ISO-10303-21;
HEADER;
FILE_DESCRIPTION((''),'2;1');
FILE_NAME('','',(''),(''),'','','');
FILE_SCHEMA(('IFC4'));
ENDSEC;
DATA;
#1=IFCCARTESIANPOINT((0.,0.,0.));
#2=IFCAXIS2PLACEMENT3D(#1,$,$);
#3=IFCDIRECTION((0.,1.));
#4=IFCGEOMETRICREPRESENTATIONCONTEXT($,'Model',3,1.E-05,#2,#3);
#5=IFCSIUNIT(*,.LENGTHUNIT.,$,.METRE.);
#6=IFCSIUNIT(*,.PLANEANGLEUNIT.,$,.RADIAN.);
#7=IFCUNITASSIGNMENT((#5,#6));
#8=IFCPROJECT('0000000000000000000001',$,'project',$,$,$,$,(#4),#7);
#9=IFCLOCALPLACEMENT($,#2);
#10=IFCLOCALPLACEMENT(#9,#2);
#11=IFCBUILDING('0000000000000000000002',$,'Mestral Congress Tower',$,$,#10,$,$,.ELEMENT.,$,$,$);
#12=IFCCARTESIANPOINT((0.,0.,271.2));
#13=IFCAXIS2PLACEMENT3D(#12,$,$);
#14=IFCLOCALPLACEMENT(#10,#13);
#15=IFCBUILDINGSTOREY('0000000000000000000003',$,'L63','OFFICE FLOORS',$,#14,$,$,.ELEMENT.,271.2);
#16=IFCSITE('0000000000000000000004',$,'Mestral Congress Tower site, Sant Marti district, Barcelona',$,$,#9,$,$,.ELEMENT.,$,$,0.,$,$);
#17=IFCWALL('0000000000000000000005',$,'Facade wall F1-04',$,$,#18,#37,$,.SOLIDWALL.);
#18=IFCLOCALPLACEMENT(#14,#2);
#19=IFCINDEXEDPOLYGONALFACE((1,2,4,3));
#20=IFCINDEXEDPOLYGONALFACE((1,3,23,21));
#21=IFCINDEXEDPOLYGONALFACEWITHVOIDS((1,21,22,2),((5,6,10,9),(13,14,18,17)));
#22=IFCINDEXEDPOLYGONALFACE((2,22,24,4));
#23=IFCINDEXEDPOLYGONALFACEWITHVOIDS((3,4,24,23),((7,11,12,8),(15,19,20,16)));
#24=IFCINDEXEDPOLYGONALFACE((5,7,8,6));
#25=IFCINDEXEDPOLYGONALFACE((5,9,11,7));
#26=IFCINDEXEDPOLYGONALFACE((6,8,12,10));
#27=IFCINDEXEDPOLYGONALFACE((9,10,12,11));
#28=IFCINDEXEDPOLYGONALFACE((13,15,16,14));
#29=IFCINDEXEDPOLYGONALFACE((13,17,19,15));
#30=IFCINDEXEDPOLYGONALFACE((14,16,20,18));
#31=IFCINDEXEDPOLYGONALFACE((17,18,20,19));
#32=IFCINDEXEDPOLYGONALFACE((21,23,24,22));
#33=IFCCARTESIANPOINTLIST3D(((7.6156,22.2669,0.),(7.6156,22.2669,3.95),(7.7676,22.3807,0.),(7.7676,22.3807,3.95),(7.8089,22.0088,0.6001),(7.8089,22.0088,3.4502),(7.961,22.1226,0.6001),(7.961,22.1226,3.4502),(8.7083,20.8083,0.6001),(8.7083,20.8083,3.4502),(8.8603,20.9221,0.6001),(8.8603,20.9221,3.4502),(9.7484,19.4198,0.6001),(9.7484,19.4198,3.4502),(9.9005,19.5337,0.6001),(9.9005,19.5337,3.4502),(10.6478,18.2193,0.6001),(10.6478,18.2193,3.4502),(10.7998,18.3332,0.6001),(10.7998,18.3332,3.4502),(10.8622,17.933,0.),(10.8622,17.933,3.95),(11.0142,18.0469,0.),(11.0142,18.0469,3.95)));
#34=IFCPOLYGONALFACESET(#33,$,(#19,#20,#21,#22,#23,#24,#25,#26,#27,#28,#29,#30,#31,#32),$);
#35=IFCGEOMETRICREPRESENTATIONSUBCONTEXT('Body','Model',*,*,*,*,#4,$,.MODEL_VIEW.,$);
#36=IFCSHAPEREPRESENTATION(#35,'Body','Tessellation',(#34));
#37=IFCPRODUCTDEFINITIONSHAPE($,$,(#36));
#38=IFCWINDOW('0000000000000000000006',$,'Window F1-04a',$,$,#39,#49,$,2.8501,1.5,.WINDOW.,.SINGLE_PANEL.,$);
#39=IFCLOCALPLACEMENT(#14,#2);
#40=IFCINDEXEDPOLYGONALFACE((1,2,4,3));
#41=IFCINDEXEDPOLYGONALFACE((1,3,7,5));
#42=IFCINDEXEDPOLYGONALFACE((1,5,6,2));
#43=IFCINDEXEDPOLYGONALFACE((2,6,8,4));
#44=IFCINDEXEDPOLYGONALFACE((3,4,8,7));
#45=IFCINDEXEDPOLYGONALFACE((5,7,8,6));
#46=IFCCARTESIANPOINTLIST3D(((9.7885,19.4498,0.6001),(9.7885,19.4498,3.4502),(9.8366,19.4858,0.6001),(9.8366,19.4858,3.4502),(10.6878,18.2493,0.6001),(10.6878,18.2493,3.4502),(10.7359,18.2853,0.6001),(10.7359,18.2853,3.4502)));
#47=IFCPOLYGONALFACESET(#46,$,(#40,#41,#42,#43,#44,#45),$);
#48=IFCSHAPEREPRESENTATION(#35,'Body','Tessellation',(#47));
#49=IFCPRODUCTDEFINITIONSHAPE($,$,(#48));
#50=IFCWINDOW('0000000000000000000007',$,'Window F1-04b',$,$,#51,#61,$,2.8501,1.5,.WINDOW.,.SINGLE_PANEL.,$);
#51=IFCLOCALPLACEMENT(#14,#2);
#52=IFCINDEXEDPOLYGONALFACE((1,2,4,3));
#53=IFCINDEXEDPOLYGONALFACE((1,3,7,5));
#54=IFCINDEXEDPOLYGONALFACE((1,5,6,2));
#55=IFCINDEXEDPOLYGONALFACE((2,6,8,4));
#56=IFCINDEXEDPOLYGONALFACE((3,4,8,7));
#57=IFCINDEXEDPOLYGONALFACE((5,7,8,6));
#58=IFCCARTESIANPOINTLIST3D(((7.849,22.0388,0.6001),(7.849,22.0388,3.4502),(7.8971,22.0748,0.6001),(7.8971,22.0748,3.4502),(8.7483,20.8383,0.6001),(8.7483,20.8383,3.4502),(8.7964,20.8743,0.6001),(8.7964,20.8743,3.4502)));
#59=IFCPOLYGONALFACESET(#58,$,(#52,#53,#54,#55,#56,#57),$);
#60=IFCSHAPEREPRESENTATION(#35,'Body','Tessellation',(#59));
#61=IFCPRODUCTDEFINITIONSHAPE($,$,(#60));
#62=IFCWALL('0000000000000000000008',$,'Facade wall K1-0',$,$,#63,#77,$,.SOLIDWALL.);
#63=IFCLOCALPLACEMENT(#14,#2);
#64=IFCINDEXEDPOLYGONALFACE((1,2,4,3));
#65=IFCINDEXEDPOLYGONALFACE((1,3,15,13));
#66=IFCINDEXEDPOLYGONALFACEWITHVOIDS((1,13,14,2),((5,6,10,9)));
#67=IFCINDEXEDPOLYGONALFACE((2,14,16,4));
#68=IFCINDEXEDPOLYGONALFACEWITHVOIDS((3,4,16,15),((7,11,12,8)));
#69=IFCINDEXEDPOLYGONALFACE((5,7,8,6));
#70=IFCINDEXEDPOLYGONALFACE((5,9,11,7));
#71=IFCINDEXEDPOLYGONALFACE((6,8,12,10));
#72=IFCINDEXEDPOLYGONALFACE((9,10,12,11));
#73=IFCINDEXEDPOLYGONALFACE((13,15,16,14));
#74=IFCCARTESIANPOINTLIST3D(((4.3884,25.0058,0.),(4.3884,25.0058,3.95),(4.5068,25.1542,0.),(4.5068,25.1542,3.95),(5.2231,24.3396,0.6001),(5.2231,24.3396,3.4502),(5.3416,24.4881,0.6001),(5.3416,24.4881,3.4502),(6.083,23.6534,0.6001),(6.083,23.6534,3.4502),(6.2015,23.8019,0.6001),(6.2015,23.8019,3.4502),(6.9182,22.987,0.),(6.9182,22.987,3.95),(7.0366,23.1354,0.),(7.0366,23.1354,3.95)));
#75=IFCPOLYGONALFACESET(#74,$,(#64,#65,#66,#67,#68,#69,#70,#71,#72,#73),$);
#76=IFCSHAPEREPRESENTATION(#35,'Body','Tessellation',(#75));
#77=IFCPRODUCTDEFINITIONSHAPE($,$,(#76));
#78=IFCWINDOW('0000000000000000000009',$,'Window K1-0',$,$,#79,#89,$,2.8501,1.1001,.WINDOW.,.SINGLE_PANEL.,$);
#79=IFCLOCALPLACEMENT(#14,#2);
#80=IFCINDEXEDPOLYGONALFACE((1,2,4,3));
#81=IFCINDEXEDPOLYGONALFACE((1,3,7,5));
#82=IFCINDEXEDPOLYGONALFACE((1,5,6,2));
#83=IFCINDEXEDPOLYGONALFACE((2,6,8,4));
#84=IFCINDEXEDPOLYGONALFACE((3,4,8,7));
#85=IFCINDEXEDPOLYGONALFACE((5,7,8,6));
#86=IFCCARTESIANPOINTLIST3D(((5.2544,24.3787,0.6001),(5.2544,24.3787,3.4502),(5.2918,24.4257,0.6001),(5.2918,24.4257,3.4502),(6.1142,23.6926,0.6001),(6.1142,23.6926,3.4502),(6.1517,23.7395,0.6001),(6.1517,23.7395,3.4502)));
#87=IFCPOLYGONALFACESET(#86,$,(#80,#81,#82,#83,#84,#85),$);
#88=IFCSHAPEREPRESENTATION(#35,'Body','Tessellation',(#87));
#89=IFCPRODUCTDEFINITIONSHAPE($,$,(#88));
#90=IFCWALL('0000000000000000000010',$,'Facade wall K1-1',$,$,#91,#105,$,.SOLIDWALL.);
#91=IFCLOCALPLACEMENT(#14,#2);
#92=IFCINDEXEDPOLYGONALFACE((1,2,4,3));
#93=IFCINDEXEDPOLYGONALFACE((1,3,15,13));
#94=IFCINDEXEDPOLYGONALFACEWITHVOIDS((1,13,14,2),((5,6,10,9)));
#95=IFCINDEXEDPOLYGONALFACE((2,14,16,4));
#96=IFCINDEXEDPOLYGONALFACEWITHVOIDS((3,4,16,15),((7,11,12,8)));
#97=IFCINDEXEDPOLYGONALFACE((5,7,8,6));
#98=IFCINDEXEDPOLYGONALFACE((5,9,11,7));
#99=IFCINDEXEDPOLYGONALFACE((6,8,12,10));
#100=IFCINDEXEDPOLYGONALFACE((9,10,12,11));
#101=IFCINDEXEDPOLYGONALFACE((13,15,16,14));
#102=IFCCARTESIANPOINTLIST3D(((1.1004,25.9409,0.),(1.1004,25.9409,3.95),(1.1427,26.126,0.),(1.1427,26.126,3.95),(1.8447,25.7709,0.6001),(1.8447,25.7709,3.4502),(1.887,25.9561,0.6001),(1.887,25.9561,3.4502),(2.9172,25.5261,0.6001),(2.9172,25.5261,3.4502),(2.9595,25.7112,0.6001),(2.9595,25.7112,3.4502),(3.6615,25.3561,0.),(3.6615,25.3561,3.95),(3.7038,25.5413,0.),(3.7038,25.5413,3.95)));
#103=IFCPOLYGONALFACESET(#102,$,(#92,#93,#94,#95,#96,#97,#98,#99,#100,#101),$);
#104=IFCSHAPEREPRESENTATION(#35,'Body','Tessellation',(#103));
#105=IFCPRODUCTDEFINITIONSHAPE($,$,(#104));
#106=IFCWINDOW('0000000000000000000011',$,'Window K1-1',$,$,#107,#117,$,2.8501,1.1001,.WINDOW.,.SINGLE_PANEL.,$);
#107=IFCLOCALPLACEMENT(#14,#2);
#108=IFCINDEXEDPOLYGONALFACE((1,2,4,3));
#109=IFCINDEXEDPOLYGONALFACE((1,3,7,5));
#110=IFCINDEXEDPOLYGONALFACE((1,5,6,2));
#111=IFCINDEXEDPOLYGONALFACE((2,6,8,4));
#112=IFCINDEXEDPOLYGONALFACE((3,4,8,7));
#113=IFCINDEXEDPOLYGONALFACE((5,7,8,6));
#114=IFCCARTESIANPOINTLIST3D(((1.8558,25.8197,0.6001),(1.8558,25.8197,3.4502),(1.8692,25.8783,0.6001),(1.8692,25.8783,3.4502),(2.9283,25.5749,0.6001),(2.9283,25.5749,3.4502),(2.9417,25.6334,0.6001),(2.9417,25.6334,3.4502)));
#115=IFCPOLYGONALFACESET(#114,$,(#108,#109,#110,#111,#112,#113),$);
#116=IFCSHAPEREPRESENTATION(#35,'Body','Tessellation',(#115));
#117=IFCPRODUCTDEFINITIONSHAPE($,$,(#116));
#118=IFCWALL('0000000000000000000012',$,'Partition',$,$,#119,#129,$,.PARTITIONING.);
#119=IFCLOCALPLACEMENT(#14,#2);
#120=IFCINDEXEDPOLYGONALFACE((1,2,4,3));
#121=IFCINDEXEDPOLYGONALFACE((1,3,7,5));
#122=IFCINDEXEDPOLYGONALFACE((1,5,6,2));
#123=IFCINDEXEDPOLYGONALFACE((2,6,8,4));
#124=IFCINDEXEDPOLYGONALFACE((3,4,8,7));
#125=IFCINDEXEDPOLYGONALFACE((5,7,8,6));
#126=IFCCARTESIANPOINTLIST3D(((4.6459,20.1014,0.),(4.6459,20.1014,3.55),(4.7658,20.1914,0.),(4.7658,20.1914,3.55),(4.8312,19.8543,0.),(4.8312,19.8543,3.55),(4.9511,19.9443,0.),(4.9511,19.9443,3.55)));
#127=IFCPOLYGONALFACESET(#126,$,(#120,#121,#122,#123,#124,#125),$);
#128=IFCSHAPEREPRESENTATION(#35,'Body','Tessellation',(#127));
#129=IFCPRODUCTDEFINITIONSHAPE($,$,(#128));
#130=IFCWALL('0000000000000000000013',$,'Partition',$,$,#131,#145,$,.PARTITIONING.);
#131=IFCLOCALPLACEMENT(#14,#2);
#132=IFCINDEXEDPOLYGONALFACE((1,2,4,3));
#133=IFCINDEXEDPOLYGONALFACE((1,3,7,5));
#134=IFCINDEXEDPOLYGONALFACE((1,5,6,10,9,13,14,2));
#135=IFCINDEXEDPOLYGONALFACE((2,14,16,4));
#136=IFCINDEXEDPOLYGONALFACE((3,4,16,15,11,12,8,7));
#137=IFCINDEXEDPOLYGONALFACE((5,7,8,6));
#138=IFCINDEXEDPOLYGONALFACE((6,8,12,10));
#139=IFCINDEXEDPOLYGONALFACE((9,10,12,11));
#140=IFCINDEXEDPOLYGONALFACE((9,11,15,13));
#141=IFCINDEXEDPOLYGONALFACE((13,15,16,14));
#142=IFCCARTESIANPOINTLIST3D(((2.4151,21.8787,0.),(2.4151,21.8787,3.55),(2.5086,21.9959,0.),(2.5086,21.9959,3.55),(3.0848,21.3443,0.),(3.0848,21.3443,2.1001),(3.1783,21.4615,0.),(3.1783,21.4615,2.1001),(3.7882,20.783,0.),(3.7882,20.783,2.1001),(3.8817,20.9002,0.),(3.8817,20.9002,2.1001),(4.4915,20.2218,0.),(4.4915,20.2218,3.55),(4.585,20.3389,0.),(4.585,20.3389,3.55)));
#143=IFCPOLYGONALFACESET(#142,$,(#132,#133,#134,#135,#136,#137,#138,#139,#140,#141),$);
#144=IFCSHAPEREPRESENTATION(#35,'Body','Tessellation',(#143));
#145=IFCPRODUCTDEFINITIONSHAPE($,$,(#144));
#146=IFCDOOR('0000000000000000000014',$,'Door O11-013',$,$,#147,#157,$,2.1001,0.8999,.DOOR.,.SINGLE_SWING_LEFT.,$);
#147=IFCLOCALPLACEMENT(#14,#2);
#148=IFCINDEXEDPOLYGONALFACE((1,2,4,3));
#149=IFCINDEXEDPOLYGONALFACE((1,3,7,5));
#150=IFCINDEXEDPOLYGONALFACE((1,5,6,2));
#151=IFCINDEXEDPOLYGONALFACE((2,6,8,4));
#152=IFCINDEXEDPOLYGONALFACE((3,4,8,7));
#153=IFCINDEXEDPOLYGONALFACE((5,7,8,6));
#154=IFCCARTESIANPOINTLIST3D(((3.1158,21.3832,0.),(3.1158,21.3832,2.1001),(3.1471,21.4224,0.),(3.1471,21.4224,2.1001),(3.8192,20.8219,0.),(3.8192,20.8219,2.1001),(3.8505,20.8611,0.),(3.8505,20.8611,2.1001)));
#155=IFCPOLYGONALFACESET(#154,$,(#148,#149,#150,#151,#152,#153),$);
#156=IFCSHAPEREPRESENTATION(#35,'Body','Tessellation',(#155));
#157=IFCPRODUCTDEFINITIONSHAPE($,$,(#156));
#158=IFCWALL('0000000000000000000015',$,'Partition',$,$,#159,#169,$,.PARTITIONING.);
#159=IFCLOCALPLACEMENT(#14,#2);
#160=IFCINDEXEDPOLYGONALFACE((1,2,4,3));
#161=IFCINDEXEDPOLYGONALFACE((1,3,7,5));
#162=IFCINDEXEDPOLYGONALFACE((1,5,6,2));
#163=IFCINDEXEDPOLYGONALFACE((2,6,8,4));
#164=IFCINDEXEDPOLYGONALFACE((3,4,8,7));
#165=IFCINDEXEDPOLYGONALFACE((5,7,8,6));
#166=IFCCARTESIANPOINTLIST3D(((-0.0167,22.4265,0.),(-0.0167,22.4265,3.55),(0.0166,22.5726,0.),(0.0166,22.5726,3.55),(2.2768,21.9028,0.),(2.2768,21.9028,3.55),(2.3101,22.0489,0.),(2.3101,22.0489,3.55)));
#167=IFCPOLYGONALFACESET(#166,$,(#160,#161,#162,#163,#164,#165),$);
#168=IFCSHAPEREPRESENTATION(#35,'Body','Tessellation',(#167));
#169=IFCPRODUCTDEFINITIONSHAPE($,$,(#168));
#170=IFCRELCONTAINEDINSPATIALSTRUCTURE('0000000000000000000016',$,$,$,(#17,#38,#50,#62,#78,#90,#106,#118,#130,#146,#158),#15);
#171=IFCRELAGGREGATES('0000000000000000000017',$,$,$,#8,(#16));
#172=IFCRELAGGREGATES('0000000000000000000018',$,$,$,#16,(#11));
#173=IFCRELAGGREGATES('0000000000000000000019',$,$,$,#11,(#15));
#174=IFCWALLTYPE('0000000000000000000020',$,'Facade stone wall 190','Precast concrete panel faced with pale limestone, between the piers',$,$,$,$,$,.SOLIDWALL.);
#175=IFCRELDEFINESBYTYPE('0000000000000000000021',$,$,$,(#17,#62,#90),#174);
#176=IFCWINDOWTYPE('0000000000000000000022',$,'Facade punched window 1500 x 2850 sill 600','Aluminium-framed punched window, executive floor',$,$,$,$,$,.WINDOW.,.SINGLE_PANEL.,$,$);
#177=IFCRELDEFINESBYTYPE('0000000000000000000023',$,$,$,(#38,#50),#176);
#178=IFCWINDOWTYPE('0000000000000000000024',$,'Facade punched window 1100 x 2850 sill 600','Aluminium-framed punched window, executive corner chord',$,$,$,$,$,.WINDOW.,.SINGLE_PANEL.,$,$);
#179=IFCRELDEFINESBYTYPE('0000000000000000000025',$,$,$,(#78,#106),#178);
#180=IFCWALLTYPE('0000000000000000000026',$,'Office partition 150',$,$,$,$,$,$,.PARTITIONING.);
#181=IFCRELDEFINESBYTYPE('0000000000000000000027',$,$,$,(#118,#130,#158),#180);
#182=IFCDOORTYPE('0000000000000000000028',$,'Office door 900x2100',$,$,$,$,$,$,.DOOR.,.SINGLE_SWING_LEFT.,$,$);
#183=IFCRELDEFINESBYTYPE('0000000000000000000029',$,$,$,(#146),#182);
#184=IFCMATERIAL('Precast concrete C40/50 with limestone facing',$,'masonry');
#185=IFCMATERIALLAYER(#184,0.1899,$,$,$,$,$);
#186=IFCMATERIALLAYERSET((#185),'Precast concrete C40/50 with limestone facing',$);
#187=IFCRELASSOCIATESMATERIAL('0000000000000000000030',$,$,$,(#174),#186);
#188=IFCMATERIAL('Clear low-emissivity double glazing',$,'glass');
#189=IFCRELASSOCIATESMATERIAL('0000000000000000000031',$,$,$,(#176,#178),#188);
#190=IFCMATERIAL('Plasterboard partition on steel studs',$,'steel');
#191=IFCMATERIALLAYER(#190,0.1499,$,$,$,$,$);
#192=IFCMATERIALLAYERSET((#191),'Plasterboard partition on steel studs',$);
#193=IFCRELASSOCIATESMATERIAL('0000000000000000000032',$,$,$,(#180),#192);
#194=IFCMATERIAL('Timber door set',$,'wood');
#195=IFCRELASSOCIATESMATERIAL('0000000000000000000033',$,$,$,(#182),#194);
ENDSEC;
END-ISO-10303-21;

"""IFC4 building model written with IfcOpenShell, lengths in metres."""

from ifc_helpers import new_model, si_unit, direction, frame, frame_2d, origin, place, context, subcontext, project, spatial, rectangle, extrude, material, layer, layer_set, type_object, element, fill, save


model = new_model("IFC4")

# Units and contexts
model_context = context("Model", 3, precision=1e-05, world=origin(), true_north=direction((0.0, 1.0)))
body_context = subcontext(model_context, "Body", "Model", "MODEL_VIEW")
ifc_project = project(units=[si_unit("LENGTHUNIT", "METRE"), si_unit("PLANEANGLEUNIT", "RADIAN")], contexts=[model_context])

# Site, building, storey
site_placement = place(None, origin())
site = spatial("IfcSite", under=ifc_project, at=site_placement, Name="Mestral Congress Tower site, Sant Marti district, Barcelona", CompositionType="ELEMENT", RefElevation=0.0)
building_placement = place(site_placement, origin())
building = spatial("IfcBuilding", under=site, at=building_placement, Name="Mestral Congress Tower", CompositionType="ELEMENT")
storey_placement = place(building_placement, frame((0.0, 0.0, 271.2)))
storey = spatial("IfcBuildingStorey", under=building, at=storey_placement, Name="L63", Description="OFFICE FLOORS", CompositionType="ELEMENT", Elevation=271.2)

# Wall, openings, windows
ifc_material_1 = material(Name="Precast concrete C40/50 with limestone facing", Category="masonry")
ifc_layer_1 = layer(ifc_material_1, 0.1899)
ifc_layer_set_1 = layer_set([ifc_layer_1], Name="Precast concrete C40/50 with limestone facing")
wall_type_1 = type_object("IfcWallType", Name="Facade stone wall 190", Description="Precast concrete panel faced with pale limestone, between the piers", PredefinedType="SOLIDWALL", material=ifc_layer_set_1)
wall_1_placement = place(storey_placement, frame((10.9382, 17.99, 0.0), z_axis=(0.0, 0.0, 1.0), x_axis=(-0.59956, 0.80033, 0.0)))
wall_1 = element("IfcWall", 1, at=wall_1_placement, inside=storey, type_object=wall_type_1, Name="Facade wall F1-04", PredefinedType="SOLIDWALL", context=body_context, shape_type="SweptSolid", body=[
    extrude(rectangle(XDim=5.415, YDim=0.1899, at=frame_2d((2.7075, 0.0))), origin(), (0.0, 0.0, 1.0), 3.95),
])
opening_1_placement = place(wall_1_placement, frame((0.3577, 0.0, 0.6001)))
opening_1 = element("IfcOpeningElement", 2, at=opening_1_placement, cuts=wall_1, PredefinedType="OPENING", context=body_context, shape_type="SweptSolid", body=[
    extrude(rectangle(XDim=1.5, YDim=2.8501, at=frame_2d((0.75, 1.425))), frame((0.0, 0.105, 0.0), z_axis=(0.0, -1.0, 0.0), x_axis=(1.0, 0.0, 0.0)), (0.0, 0.0, 1.0), 0.21),
])
opening_2_placement = place(wall_1_placement, frame((3.5925, 0.0, 0.6001)))
opening_2 = element("IfcOpeningElement", 3, at=opening_2_placement, cuts=wall_1, PredefinedType="OPENING", context=body_context, shape_type="SweptSolid", body=[
    extrude(rectangle(XDim=1.5, YDim=2.8501, at=frame_2d((0.75, 1.425))), frame((0.0, 0.105, 0.0), z_axis=(0.0, -1.0, 0.0), x_axis=(1.0, 0.0, 0.0)), (0.0, 0.0, 1.0), 0.21),
])
ifc_material_2 = material(Name="Clear low-emissivity double glazing", Category="glass")
window_type_1 = type_object("IfcWindowType", Name="Facade punched window 1500 x 2850 sill 600", Description="Aluminium-framed punched window, executive floor", PartitioningType="SINGLE_PANEL", PredefinedType="WINDOW", material=ifc_material_2)
window_1_placement = place(opening_1_placement, origin())
window_1 = element("IfcWindow", 4, at=window_1_placement, inside=storey, type_object=window_type_1, Name="Window F1-04a", OverallHeight=2.8501, OverallWidth=1.5, PartitioningType="SINGLE_PANEL", PredefinedType="WINDOW", context=body_context, shape_type="SweptSolid", body=[
    extrude(rectangle(XDim=1.5, YDim=2.8501, at=frame_2d((0.75, 1.425))), frame((0.0, 0.0449, 0.0), z_axis=(0.0, -1.0, 0.0), x_axis=(1.0, 0.0, 0.0)), (0.0, 0.0, 1.0), 0.0601),
])
fill(opening_1, window_1)
window_2_placement = place(opening_2_placement, origin())
window_2 = element("IfcWindow", 5, at=window_2_placement, inside=storey, type_object=window_type_1, Name="Window F1-04b", OverallHeight=2.8501, OverallWidth=1.5, PartitioningType="SINGLE_PANEL", PredefinedType="WINDOW", context=body_context, shape_type="SweptSolid", body=[
    extrude(rectangle(XDim=1.5, YDim=2.8501, at=frame_2d((0.75, 1.425))), frame((0.0, 0.0449, 0.0), z_axis=(0.0, -1.0, 0.0), x_axis=(1.0, 0.0, 0.0)), (0.0, 0.0, 1.0), 0.0601),
])
fill(opening_2, window_2)

# Walls, openings, windows
wall_2_placement = place(storey_placement, frame((6.9773, 23.0613, 0.0), z_axis=(0.0, 0.0, 1.0), x_axis=(-0.781626, 0.623747, 0.0)))
wall_2 = element("IfcWall", 6, at=wall_2_placement, inside=storey, type_object=wall_type_1, Name="Facade wall K1-0", PredefinedType="SOLIDWALL", context=body_context, shape_type="SweptSolid", body=[
    extrude(rectangle(XDim=3.2366, YDim=0.1899, at=frame_2d((1.6182, 0.0))), origin(), (0.0, 0.0, 1.0), 3.95),
])
opening_3_placement = place(wall_2_placement, frame((1.0684, 0.0, 0.6001)))
opening_3 = element("IfcOpeningElement", 7, at=opening_3_placement, cuts=wall_2, PredefinedType="OPENING", context=body_context, shape_type="SweptSolid", body=[
    extrude(rectangle(XDim=1.1001, YDim=2.8501, at=frame_2d((0.55, 1.425))), frame((0.0, 0.105, 0.0), z_axis=(0.0, -1.0, 0.0), x_axis=(1.0, 0.0, 0.0)), (0.0, 0.0, 1.0), 0.21),
])
window_type_2 = type_object("IfcWindowType", Name="Facade punched window 1100 x 2850 sill 600", Description="Aluminium-framed punched window, executive corner chord", PartitioningType="SINGLE_PANEL", PredefinedType="WINDOW", material=ifc_material_2)
window_3_placement = place(opening_3_placement, origin())
window_3 = element("IfcWindow", 8, at=window_3_placement, inside=storey, type_object=window_type_2, Name="Window K1-0", OverallHeight=2.8501, OverallWidth=1.1001, PartitioningType="SINGLE_PANEL", PredefinedType="WINDOW", context=body_context, shape_type="SweptSolid", body=[
    extrude(rectangle(XDim=1.1001, YDim=2.8501, at=frame_2d((0.55, 1.425))), frame((0.0, 0.0449, 0.0), z_axis=(0.0, -1.0, 0.0), x_axis=(1.0, 0.0, 0.0)), (0.0, 0.0, 1.0), 0.0601),
])
fill(opening_3, window_3)
wall_3_placement = place(storey_placement, frame((3.6826, 25.4487, 0.0), z_axis=(0.0, 0.0, 1.0), x_axis=(-0.974913, 0.222585, 0.0)))
wall_3 = element("IfcWall", 9, at=wall_3_placement, inside=storey, type_object=wall_type_1, Name="Facade wall K1-1", PredefinedType="SOLIDWALL", context=body_context, shape_type="SweptSolid", body=[
    extrude(rectangle(XDim=2.627, YDim=0.1899, at=frame_2d((1.3135, 0.0))), origin(), (0.0, 0.0, 1.0), 3.95),
])
opening_4_placement = place(wall_3_placement, frame((0.7634, 0.0, 0.6001)))
opening_4 = element("IfcOpeningElement", 10, at=opening_4_placement, cuts=wall_3, PredefinedType="OPENING", context=body_context, shape_type="SweptSolid", body=[
    extrude(rectangle(XDim=1.1001, YDim=2.8501, at=frame_2d((0.55, 1.425))), frame((0.0, 0.105, 0.0), z_axis=(0.0, -1.0, 0.0), x_axis=(1.0, 0.0, 0.0)), (0.0, 0.0, 1.0), 0.21),
])
window_4_placement = place(opening_4_placement, origin())
window_4 = element("IfcWindow", 11, at=window_4_placement, inside=storey, type_object=window_type_2, Name="Window K1-1", OverallHeight=2.8501, OverallWidth=1.1001, PartitioningType="SINGLE_PANEL", PredefinedType="WINDOW", context=body_context, shape_type="SweptSolid", body=[
    extrude(rectangle(XDim=1.1001, YDim=2.8501, at=frame_2d((0.55, 1.425))), frame((0.0, 0.0449, 0.0), z_axis=(0.0, -1.0, 0.0), x_axis=(1.0, 0.0, 0.0)), (0.0, 0.0, 1.0), 0.0601),
])
fill(opening_4, window_4)

# Wall
ifc_material_3 = material(Name="Plasterboard partition on steel studs", Category="steel")
ifc_layer_2 = layer(ifc_material_3, 0.1499)
ifc_layer_set_2 = layer_set([ifc_layer_2], Name="Plasterboard partition on steel studs")
wall_type_2 = type_object("IfcWallType", Name="Office partition 150", PredefinedType="PARTITIONING", material=ifc_layer_set_2)
wall_4_placement = place(storey_placement, frame((4.8911, 19.8994, 0.0), z_axis=(0.0, 0.0, 1.0), x_axis=(-0.6, 0.8, 0.0)))
element("IfcWall", 12, at=wall_4_placement, inside=storey, type_object=wall_type_2, Name="Partition", PredefinedType="PARTITIONING", context=body_context, shape_type="SweptSolid", body=[
    extrude(rectangle(XDim=0.3088, YDim=0.1499, at=frame_2d((0.1543, 0.0))), origin(), (0.0, 0.0, 1.0), 3.55),
])

# Wall, opening, door
wall_5_placement = place(storey_placement, frame((2.4619, 21.9373, 0.0), z_axis=(0.0, 0.0, 1.0), x_axis=(0.78163, -0.623742, 0.0)))
wall_5 = element("IfcWall", 13, at=wall_5_placement, inside=storey, type_object=wall_type_2, Name="Partition", PredefinedType="PARTITIONING", context=body_context, shape_type="SweptSolid", body=[
    extrude(rectangle(XDim=2.6565, YDim=0.1499, at=frame_2d((1.3281, 0.0))), origin(), (0.0, 0.0, 1.0), 3.55),
])
opening_5_placement = place(wall_5_placement, frame((0.8567, 0.0, 0.0)))
opening_5 = element("IfcOpeningElement", 14, at=opening_5_placement, cuts=wall_5, PredefinedType="OPENING", context=body_context, shape_type="SweptSolid", body=[
    extrude(rectangle(XDim=0.8999, YDim=2.1001, at=frame_2d((0.45, 1.05))), frame((0.0, 0.085, 0.0), z_axis=(0.0, -1.0, 0.0), x_axis=(1.0, 0.0, 0.0)), (0.0, 0.0, 1.0), 0.1699),
])
ifc_material_4 = material(Name="Timber door set", Category="wood")
door_type = type_object("IfcDoorType", Name="Office door 900x2100", OperationType="SINGLE_SWING_LEFT", PredefinedType="DOOR", material=ifc_material_4)
door_placement = place(opening_5_placement, origin())
door = element("IfcDoor", 15, at=door_placement, inside=storey, type_object=door_type, Name="Door O11-013", OperationType="SINGLE_SWING_LEFT", OverallHeight=2.1001, OverallWidth=0.8999, PredefinedType="DOOR", context=body_context, shape_type="SweptSolid", body=[
    extrude(rectangle(XDim=0.8999, YDim=2.1001, at=frame_2d((0.45, 1.05))), frame((0.0, 0.0249, 0.0), z_axis=(0.0, -1.0, 0.0), x_axis=(1.0, 0.0, 0.0)), (0.0, 0.0, 1.0), 0.05),
])
fill(opening_5, door)

# Wall
wall_6_placement = place(storey_placement, frame((2.2935, 21.9758, 0.0), z_axis=(0.0, 0.0, 1.0), x_axis=(-0.974908, 0.222608, 0.0)))
element("IfcWall", 16, at=wall_6_placement, inside=storey, type_object=wall_type_2, Name="Partition", PredefinedType="PARTITIONING", context=body_context, shape_type="SweptSolid", body=[
    extrude(rectangle(XDim=2.3525, YDim=0.1499, at=frame_2d((1.1763, 0.0))), origin(), (0.0, 0.0, 1.0), 3.55),
])

save(model, "model.ifc")
